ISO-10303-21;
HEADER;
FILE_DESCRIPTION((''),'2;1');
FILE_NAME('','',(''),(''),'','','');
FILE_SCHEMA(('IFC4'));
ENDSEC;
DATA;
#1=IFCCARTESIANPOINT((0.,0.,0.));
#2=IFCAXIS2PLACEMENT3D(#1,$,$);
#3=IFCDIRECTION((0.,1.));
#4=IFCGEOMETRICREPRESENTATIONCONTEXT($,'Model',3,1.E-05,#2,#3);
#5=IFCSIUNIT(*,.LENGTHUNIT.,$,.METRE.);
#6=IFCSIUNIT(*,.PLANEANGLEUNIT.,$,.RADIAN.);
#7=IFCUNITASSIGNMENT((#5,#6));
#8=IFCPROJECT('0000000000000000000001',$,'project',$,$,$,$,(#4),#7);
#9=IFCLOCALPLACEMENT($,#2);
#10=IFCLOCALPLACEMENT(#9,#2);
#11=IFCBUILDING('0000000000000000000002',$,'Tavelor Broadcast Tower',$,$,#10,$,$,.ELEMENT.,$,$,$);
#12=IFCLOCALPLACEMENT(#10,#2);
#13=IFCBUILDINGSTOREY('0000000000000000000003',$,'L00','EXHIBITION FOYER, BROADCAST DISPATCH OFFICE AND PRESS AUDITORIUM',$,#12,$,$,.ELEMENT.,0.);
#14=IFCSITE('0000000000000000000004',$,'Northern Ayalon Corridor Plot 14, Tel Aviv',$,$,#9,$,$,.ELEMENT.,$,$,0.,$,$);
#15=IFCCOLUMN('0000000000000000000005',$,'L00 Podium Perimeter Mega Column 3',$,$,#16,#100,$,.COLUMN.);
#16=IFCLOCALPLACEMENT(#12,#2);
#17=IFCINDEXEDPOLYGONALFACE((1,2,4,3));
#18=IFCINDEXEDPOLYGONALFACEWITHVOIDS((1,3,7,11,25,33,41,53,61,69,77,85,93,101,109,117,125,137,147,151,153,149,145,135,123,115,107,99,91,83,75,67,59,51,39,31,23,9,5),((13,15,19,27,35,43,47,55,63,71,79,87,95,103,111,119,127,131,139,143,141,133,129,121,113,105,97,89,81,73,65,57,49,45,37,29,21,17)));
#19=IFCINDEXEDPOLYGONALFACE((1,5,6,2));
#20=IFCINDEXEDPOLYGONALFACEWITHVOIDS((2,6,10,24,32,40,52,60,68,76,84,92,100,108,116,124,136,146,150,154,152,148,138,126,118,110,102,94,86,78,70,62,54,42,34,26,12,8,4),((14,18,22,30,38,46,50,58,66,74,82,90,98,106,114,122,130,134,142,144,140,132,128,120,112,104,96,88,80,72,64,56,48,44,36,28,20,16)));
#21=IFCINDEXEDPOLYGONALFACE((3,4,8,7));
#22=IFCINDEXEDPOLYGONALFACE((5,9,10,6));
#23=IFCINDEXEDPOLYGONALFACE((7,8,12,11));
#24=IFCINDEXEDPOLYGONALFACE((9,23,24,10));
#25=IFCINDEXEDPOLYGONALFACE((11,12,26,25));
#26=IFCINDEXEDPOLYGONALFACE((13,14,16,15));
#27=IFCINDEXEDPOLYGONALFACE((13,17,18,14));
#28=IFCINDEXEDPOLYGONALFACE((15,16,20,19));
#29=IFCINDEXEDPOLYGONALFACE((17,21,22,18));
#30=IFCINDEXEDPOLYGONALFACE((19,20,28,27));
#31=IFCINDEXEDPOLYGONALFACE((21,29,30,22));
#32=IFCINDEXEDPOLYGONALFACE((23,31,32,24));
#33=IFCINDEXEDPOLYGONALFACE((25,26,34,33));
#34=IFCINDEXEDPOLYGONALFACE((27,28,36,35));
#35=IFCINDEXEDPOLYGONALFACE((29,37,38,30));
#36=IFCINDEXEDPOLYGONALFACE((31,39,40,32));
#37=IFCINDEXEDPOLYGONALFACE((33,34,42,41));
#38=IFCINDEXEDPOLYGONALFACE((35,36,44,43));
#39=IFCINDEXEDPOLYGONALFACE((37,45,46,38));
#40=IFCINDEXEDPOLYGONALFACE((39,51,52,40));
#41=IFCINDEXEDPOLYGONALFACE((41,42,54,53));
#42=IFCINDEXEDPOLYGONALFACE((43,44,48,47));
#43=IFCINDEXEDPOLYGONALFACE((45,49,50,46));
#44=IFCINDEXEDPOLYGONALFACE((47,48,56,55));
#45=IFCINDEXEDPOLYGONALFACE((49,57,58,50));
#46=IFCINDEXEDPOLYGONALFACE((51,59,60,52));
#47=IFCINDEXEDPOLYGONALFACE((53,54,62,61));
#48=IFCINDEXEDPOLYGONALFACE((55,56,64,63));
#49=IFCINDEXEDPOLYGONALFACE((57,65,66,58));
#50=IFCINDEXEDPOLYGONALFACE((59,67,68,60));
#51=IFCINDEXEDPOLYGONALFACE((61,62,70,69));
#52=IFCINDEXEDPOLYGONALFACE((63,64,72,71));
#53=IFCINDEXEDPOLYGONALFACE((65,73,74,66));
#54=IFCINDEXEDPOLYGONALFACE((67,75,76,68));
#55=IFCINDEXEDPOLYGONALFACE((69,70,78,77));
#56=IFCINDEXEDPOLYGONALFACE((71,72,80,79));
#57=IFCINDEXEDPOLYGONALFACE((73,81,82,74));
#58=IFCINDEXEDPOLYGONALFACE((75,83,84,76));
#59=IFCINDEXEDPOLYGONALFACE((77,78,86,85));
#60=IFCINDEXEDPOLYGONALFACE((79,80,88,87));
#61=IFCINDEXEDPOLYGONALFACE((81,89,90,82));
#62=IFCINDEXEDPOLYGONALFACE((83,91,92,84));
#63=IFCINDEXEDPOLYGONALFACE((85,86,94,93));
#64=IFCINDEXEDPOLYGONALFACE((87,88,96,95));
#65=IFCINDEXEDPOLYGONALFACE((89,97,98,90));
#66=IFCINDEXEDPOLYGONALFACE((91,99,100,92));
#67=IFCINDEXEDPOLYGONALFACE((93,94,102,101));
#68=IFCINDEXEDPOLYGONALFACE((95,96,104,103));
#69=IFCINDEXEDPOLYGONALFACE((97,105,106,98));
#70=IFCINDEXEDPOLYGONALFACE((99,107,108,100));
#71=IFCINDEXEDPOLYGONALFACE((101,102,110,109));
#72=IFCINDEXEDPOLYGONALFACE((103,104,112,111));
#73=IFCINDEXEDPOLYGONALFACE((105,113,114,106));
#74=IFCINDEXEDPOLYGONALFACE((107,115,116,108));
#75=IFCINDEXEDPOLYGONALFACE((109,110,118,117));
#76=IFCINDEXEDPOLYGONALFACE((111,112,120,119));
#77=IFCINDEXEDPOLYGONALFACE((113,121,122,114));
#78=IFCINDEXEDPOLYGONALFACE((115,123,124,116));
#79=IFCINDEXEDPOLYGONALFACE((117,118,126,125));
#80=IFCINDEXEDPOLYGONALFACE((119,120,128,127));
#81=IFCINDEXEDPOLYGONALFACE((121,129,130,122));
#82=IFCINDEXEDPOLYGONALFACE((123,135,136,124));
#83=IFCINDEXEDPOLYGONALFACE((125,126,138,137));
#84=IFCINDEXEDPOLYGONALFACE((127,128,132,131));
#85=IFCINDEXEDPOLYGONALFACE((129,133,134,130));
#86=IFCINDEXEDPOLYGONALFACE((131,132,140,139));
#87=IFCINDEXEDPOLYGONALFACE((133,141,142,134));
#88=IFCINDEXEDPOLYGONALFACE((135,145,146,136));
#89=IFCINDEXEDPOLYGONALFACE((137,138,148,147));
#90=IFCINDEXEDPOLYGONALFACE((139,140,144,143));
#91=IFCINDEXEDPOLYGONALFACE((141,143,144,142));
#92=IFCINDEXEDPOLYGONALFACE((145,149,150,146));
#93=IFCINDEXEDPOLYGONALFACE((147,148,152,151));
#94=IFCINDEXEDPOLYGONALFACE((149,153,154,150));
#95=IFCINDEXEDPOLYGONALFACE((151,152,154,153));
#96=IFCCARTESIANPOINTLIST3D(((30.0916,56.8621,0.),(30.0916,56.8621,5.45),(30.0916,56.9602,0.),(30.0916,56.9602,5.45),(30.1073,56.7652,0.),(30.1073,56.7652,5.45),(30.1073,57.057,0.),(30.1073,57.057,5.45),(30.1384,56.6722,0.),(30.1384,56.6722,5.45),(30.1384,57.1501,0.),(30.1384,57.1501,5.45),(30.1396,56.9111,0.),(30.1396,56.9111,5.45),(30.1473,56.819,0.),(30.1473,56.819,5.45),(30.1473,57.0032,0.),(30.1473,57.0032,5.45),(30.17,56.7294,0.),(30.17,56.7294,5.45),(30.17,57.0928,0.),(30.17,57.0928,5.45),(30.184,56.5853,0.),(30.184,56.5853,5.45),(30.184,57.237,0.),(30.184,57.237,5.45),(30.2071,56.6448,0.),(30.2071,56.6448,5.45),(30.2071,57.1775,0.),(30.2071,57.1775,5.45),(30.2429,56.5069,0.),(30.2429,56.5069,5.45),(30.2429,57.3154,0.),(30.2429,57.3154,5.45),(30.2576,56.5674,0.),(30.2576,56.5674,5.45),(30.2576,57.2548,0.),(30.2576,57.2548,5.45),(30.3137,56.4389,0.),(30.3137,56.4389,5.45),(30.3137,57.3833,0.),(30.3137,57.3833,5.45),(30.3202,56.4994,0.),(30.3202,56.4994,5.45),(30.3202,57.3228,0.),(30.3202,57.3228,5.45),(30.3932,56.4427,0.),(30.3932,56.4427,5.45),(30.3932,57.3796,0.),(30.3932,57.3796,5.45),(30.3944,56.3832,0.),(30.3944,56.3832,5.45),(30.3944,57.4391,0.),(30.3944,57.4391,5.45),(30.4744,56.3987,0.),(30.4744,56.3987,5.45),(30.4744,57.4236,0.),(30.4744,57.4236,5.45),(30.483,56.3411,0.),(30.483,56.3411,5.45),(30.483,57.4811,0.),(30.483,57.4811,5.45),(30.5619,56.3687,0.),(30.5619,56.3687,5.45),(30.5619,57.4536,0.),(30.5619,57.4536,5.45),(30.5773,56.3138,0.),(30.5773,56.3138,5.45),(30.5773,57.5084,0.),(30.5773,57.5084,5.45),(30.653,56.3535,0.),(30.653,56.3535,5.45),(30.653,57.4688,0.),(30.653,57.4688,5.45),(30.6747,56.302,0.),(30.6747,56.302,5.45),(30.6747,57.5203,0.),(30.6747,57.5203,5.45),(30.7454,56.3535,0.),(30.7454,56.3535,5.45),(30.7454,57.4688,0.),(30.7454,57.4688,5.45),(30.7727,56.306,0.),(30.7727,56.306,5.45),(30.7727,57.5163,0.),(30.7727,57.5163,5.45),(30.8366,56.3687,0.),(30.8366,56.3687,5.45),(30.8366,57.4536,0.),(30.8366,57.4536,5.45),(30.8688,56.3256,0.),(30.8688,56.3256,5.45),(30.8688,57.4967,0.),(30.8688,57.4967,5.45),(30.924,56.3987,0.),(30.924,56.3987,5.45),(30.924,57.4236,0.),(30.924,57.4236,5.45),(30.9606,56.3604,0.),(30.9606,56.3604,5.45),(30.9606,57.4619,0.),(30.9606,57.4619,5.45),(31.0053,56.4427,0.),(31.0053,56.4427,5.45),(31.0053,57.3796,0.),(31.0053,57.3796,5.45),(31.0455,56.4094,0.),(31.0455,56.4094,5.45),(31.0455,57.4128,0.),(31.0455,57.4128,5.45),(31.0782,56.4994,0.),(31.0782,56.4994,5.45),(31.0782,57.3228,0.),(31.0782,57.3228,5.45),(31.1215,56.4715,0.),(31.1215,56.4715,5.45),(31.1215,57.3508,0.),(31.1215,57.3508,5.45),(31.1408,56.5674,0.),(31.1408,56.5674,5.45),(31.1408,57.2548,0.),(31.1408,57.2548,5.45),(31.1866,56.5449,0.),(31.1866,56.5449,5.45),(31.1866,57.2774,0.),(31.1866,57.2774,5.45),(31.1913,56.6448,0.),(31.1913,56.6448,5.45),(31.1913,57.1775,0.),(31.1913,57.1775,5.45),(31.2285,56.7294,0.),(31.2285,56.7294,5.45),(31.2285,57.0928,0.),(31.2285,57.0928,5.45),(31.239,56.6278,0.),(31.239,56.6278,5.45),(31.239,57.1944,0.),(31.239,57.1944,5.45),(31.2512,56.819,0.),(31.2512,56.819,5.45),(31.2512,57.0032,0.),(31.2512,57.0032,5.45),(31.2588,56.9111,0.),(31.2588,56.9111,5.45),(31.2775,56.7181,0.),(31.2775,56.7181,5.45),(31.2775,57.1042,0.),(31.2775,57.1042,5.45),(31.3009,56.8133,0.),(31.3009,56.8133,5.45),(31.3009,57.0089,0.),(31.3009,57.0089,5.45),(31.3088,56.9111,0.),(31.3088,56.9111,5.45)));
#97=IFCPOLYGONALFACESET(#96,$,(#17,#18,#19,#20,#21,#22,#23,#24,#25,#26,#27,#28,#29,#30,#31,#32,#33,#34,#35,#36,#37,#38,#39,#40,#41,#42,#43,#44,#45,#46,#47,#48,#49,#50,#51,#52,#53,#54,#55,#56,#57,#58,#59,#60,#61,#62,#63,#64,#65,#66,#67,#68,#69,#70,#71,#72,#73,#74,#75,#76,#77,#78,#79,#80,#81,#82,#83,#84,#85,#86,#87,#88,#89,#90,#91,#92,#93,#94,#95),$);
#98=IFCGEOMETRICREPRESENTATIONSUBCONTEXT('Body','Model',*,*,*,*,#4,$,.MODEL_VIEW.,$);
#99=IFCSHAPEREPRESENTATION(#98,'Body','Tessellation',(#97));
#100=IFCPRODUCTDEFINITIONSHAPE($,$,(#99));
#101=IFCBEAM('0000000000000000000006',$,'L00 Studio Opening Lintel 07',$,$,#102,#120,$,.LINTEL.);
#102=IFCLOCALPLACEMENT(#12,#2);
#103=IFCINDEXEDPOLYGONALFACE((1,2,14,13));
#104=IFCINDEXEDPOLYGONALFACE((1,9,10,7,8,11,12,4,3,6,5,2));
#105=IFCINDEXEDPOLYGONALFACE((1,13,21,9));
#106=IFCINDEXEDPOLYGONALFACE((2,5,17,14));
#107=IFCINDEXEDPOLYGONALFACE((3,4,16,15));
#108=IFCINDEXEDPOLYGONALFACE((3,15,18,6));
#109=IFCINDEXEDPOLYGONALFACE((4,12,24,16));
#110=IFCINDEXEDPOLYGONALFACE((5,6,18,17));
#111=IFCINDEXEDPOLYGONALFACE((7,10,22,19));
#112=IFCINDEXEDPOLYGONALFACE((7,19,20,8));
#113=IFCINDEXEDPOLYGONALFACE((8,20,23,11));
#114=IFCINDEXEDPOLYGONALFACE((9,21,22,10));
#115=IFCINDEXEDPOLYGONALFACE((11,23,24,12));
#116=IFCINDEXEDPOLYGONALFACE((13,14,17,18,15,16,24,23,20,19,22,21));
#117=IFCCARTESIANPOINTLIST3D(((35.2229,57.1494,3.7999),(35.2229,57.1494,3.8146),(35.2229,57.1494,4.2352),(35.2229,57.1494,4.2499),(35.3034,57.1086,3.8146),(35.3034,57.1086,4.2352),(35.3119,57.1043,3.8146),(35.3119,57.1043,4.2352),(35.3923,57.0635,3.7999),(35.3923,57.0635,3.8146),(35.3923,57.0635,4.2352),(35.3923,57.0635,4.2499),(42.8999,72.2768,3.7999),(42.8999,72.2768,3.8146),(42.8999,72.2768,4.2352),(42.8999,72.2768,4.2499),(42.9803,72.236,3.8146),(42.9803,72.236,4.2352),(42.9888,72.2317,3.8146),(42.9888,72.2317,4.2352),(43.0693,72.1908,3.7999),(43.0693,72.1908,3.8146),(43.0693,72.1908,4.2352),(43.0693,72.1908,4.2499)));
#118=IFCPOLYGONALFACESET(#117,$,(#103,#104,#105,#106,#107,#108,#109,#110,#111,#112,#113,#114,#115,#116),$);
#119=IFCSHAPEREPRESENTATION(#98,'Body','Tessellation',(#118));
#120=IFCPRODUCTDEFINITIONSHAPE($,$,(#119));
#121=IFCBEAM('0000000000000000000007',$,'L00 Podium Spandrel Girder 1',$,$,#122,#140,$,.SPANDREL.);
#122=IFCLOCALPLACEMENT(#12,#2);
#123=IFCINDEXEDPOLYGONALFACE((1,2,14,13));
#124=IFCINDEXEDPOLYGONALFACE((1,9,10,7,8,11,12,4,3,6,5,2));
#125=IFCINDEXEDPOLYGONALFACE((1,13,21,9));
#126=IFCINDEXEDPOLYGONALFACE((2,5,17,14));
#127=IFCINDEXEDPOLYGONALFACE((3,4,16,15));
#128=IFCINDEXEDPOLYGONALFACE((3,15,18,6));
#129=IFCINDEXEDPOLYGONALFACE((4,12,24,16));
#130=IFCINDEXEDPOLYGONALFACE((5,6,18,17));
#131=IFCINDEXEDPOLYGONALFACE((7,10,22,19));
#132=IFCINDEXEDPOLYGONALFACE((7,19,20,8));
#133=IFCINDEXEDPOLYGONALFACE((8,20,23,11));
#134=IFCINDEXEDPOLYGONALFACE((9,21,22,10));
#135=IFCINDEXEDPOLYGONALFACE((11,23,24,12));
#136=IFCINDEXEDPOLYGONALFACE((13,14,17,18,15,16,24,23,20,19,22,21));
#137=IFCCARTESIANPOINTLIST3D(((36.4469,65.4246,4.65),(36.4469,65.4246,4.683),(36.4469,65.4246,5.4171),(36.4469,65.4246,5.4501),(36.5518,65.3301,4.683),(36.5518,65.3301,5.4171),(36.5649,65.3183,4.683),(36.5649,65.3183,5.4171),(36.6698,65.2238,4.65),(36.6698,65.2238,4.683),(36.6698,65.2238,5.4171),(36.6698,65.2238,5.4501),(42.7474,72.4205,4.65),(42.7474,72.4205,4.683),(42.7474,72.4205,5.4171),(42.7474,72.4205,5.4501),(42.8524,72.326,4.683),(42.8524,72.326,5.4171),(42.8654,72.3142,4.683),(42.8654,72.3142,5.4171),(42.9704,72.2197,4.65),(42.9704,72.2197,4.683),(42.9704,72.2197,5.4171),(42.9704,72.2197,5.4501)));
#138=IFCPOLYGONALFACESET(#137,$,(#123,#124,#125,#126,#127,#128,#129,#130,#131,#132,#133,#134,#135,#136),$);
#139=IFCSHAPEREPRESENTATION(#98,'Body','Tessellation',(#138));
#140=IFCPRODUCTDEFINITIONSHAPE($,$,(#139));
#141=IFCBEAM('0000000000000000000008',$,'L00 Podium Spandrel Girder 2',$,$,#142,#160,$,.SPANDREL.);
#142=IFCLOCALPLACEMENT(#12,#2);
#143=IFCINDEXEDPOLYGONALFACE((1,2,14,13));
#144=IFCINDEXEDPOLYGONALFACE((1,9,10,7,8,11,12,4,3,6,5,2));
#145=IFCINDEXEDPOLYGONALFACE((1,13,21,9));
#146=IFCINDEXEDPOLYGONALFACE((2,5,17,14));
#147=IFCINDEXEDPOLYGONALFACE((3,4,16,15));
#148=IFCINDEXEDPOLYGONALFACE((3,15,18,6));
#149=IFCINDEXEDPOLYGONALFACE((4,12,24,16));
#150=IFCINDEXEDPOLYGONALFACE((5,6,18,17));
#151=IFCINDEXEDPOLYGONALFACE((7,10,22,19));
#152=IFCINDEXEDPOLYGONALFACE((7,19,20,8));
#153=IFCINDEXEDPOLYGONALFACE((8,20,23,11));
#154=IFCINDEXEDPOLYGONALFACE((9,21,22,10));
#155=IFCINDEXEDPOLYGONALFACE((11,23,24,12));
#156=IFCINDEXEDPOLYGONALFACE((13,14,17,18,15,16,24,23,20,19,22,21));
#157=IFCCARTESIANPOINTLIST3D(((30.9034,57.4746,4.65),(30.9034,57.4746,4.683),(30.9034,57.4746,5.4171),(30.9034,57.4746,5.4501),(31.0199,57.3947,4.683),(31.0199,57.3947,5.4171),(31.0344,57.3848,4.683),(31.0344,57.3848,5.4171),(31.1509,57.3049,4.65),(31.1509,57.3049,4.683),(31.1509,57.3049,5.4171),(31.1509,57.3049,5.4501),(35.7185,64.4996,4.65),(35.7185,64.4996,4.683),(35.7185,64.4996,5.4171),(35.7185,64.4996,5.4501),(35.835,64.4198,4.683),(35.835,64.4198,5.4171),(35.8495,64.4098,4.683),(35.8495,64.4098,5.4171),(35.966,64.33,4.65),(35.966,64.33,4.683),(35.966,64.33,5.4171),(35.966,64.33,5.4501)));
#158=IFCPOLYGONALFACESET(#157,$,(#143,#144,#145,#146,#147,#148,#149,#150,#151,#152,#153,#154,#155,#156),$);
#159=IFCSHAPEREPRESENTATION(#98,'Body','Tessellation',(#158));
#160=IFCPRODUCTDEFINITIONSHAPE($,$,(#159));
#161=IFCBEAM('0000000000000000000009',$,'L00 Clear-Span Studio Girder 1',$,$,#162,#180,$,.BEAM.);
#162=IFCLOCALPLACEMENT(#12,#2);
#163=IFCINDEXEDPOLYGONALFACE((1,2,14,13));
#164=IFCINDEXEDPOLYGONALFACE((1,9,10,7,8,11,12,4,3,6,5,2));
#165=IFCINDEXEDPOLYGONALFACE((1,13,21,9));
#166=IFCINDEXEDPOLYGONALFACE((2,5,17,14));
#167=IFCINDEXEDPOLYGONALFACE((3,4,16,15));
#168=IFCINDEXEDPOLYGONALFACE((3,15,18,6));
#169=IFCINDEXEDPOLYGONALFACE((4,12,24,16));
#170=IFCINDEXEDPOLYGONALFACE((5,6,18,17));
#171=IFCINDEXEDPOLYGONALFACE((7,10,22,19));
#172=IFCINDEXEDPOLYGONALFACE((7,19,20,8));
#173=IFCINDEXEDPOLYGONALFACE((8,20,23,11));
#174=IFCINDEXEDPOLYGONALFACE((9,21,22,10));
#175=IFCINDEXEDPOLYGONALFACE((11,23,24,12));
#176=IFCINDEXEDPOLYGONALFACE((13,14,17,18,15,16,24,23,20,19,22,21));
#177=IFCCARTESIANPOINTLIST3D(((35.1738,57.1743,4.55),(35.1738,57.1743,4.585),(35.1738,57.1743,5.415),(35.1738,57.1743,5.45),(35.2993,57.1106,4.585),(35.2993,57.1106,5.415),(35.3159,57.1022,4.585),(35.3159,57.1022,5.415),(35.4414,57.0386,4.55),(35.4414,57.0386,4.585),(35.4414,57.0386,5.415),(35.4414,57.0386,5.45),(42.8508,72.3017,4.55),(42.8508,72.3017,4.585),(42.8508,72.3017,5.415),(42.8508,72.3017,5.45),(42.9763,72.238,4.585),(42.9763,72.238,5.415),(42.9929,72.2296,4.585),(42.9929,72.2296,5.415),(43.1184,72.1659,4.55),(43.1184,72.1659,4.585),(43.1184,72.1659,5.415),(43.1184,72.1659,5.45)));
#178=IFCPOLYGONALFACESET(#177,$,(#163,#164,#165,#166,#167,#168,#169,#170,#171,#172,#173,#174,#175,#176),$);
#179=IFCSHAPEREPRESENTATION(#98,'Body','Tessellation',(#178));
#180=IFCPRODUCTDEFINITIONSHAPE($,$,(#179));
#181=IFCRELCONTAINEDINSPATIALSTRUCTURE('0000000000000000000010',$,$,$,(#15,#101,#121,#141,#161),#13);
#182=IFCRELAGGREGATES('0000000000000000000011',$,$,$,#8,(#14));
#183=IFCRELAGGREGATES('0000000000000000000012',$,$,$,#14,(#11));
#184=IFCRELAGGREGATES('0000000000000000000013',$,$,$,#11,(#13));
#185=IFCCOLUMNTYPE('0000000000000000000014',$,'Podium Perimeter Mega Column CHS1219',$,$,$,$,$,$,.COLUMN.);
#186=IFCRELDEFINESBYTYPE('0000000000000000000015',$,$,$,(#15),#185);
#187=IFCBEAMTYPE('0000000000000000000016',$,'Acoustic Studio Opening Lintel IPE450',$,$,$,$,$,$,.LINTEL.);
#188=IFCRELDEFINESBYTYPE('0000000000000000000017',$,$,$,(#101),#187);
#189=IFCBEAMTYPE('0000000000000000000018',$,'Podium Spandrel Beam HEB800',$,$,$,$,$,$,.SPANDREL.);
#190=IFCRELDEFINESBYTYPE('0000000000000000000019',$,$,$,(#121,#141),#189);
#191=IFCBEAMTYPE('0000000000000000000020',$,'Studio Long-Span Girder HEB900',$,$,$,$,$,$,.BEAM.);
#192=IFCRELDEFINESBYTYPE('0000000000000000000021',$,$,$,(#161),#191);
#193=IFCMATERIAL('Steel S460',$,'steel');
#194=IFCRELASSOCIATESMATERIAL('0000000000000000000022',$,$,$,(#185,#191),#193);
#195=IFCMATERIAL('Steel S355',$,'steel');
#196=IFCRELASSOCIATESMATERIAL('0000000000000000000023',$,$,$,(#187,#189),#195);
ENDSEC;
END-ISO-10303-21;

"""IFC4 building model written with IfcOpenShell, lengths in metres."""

from ifc_helpers import new_model, si_unit, direction, frame, origin, origin_2d, place, context, subcontext, project, spatial, hollow_circle, i_section, extrude, material, material_profile, profile_set, type_object, element, save


model = new_model("IFC4")

# Units and contexts
model_context = context("Model", 3, precision=1e-05, world=origin(), true_north=direction((0.0, 1.0)))
body_context = subcontext(model_context, "Body", "Model", "MODEL_VIEW")
ifc_project = project(units=[si_unit("LENGTHUNIT", "METRE"), si_unit("PLANEANGLEUNIT", "RADIAN")], contexts=[model_context])

# Site, building, storey
site_placement = place(None, origin())
site = spatial("IfcSite", under=ifc_project, at=site_placement, Name="Northern Ayalon Corridor Plot 14, Tel Aviv", CompositionType="ELEMENT", RefElevation=0.0)
building_placement = place(site_placement, origin())
building = spatial("IfcBuilding", under=site, at=building_placement, Name="Tavelor Broadcast Tower", CompositionType="ELEMENT")
storey_placement = place(building_placement, origin())
storey = spatial("IfcBuildingStorey", under=building, at=storey_placement, Name="L00", Description="EXHIBITION FOYER, BROADCAST DISPATCH OFFICE AND PRESS AUDITORIUM", CompositionType="ELEMENT", Elevation=0.0)

# Column
ifc_material_1 = material(Name="Steel S460", Category="steel")
ifc_material_profile_1 = material_profile(ifc_material_1, hollow_circle(Radius=0.6096, WallThickness=0.05, at=origin_2d()), Name="CHS 1219x50")
ifc_profile_set_1 = profile_set([ifc_material_profile_1], Name="Steel S460")
column_type = type_object("IfcColumnType", Name="Podium Perimeter Mega Column CHS1219", PredefinedType="COLUMN", material=ifc_profile_set_1)
for number, where, z_axis, x_axis, name in (
    (1, (30.6992, 56.9111, 0.0), (0.0, 0.0, 1.0), (1.0, 0.0, 0.0), "L00 Podium Perimeter Mega Column 3"),
):
    element("IfcColumn", number, at=place(storey_placement, frame(where, z_axis=z_axis, x_axis=x_axis)), inside=storey, type_object=column_type, Name=name, PredefinedType="COLUMN", context=body_context, shape_type="SweptSolid", body=[
        extrude(hollow_circle(Radius=0.6096, WallThickness=0.05, at=origin_2d()), origin(), (0.0, 0.0, 1.0), 5.45),
    ])

# Beams
ifc_material_2 = material(Name="Steel S355", Category="steel")
ifc_material_profile_2 = material_profile(ifc_material_2, i_section(OverallWidth=0.1899, OverallDepth=0.45, WebThickness=0.0095, FlangeThickness=0.0146, at=origin_2d()), Name="IPE 450")
ifc_profile_set_2 = profile_set([ifc_material_profile_2], Name="Steel S355")
beam_type_1 = type_object("IfcBeamType", Name="Acoustic Studio Opening Lintel IPE450", PredefinedType="LINTEL", material=ifc_profile_set_2)
beam_1_placement = place(storey_placement, frame((35.3076, 57.1064, 4.0249), z_axis=(0.452548, 0.89174, 0.0), x_axis=(-0.89174, 0.452548, 0.0)))
element("IfcBeam", 2, at=beam_1_placement, inside=storey, type_object=beam_type_1, Name="L00 Studio Opening Lintel 07", PredefinedType="LINTEL", context=body_context, shape_type="SweptSolid", body=[
    extrude(i_section(OverallWidth=0.1899, OverallDepth=0.45, WebThickness=0.0095, FlangeThickness=0.0146, at=origin_2d()), origin(), (0.0, 0.0, 1.0), 16.9639),
])
ifc_material_profile_3 = material_profile(ifc_material_2, i_section(OverallWidth=0.3, OverallDepth=0.8, WebThickness=0.0176, FlangeThickness=0.033, at=origin_2d()), Name="HEB 800")
ifc_profile_set_3 = profile_set([ifc_material_profile_3], Name="Steel S355")
beam_type_2 = type_object("IfcBeamType", Name="Podium Spandrel Beam HEB800", PredefinedType="SPANDREL", material=ifc_profile_set_3)
beam_2_placement = place(storey_placement, frame((42.8589, 72.3201, 5.05), z_axis=(-0.669215, -0.743068, 0.0), x_axis=(0.743068, -0.669215, 0.0)))
element("IfcBeam", 3, at=beam_2_placement, inside=storey, type_object=beam_type_2, Name="L00 Podium Spandrel Girder 1", PredefinedType="SPANDREL", context=body_context, shape_type="SweptSolid", body=[
    extrude(i_section(OverallWidth=0.3, OverallDepth=0.8, WebThickness=0.0176, FlangeThickness=0.033, at=origin_2d()), origin(), (0.0, 0.0, 1.0), 9.4148),
])
beam_3_placement = place(storey_placement, frame((35.8423, 64.4148, 5.05), z_axis=(-0.565364, -0.824842, 0.0), x_axis=(0.824842, -0.565364, 0.0)))
element("IfcBeam", 4, at=beam_3_placement, inside=storey, type_object=beam_type_2, Name="L00 Podium Spandrel Girder 2", PredefinedType="SPANDREL", context=body_context, shape_type="SweptSolid", body=[
    extrude(i_section(OverallWidth=0.3, OverallDepth=0.8, WebThickness=0.0176, FlangeThickness=0.033, at=origin_2d()), origin(), (0.0, 0.0, 1.0), 8.5168),
])
ifc_material_profile_4 = material_profile(ifc_material_1, i_section(OverallWidth=0.3, OverallDepth=0.8999, WebThickness=0.0186, FlangeThickness=0.0349, at=origin_2d()), Name="HEB 900")
ifc_profile_set_4 = profile_set([ifc_material_profile_4], Name="Steel S460")
beam_type_3 = type_object("IfcBeamType", Name="Studio Long-Span Girder HEB900", PredefinedType="BEAM", material=ifc_profile_set_4)
beam_4_placement = place(storey_placement, frame((35.3076, 57.1064, 5.0), z_axis=(0.452548, 0.89174, 0.0), x_axis=(-0.89174, 0.452548, 0.0)))
element("IfcBeam", 5, at=beam_4_placement, inside=storey, type_object=beam_type_3, Name="L00 Clear-Span Studio Girder 1", PredefinedType="BEAM", context=body_context, shape_type="SweptSolid", body=[
    extrude(i_section(OverallWidth=0.3, OverallDepth=0.8999, WebThickness=0.0186, FlangeThickness=0.0349, at=origin_2d()), origin(), (0.0, 0.0, 1.0), 16.9639),
])

save(model, "model.ifc")
